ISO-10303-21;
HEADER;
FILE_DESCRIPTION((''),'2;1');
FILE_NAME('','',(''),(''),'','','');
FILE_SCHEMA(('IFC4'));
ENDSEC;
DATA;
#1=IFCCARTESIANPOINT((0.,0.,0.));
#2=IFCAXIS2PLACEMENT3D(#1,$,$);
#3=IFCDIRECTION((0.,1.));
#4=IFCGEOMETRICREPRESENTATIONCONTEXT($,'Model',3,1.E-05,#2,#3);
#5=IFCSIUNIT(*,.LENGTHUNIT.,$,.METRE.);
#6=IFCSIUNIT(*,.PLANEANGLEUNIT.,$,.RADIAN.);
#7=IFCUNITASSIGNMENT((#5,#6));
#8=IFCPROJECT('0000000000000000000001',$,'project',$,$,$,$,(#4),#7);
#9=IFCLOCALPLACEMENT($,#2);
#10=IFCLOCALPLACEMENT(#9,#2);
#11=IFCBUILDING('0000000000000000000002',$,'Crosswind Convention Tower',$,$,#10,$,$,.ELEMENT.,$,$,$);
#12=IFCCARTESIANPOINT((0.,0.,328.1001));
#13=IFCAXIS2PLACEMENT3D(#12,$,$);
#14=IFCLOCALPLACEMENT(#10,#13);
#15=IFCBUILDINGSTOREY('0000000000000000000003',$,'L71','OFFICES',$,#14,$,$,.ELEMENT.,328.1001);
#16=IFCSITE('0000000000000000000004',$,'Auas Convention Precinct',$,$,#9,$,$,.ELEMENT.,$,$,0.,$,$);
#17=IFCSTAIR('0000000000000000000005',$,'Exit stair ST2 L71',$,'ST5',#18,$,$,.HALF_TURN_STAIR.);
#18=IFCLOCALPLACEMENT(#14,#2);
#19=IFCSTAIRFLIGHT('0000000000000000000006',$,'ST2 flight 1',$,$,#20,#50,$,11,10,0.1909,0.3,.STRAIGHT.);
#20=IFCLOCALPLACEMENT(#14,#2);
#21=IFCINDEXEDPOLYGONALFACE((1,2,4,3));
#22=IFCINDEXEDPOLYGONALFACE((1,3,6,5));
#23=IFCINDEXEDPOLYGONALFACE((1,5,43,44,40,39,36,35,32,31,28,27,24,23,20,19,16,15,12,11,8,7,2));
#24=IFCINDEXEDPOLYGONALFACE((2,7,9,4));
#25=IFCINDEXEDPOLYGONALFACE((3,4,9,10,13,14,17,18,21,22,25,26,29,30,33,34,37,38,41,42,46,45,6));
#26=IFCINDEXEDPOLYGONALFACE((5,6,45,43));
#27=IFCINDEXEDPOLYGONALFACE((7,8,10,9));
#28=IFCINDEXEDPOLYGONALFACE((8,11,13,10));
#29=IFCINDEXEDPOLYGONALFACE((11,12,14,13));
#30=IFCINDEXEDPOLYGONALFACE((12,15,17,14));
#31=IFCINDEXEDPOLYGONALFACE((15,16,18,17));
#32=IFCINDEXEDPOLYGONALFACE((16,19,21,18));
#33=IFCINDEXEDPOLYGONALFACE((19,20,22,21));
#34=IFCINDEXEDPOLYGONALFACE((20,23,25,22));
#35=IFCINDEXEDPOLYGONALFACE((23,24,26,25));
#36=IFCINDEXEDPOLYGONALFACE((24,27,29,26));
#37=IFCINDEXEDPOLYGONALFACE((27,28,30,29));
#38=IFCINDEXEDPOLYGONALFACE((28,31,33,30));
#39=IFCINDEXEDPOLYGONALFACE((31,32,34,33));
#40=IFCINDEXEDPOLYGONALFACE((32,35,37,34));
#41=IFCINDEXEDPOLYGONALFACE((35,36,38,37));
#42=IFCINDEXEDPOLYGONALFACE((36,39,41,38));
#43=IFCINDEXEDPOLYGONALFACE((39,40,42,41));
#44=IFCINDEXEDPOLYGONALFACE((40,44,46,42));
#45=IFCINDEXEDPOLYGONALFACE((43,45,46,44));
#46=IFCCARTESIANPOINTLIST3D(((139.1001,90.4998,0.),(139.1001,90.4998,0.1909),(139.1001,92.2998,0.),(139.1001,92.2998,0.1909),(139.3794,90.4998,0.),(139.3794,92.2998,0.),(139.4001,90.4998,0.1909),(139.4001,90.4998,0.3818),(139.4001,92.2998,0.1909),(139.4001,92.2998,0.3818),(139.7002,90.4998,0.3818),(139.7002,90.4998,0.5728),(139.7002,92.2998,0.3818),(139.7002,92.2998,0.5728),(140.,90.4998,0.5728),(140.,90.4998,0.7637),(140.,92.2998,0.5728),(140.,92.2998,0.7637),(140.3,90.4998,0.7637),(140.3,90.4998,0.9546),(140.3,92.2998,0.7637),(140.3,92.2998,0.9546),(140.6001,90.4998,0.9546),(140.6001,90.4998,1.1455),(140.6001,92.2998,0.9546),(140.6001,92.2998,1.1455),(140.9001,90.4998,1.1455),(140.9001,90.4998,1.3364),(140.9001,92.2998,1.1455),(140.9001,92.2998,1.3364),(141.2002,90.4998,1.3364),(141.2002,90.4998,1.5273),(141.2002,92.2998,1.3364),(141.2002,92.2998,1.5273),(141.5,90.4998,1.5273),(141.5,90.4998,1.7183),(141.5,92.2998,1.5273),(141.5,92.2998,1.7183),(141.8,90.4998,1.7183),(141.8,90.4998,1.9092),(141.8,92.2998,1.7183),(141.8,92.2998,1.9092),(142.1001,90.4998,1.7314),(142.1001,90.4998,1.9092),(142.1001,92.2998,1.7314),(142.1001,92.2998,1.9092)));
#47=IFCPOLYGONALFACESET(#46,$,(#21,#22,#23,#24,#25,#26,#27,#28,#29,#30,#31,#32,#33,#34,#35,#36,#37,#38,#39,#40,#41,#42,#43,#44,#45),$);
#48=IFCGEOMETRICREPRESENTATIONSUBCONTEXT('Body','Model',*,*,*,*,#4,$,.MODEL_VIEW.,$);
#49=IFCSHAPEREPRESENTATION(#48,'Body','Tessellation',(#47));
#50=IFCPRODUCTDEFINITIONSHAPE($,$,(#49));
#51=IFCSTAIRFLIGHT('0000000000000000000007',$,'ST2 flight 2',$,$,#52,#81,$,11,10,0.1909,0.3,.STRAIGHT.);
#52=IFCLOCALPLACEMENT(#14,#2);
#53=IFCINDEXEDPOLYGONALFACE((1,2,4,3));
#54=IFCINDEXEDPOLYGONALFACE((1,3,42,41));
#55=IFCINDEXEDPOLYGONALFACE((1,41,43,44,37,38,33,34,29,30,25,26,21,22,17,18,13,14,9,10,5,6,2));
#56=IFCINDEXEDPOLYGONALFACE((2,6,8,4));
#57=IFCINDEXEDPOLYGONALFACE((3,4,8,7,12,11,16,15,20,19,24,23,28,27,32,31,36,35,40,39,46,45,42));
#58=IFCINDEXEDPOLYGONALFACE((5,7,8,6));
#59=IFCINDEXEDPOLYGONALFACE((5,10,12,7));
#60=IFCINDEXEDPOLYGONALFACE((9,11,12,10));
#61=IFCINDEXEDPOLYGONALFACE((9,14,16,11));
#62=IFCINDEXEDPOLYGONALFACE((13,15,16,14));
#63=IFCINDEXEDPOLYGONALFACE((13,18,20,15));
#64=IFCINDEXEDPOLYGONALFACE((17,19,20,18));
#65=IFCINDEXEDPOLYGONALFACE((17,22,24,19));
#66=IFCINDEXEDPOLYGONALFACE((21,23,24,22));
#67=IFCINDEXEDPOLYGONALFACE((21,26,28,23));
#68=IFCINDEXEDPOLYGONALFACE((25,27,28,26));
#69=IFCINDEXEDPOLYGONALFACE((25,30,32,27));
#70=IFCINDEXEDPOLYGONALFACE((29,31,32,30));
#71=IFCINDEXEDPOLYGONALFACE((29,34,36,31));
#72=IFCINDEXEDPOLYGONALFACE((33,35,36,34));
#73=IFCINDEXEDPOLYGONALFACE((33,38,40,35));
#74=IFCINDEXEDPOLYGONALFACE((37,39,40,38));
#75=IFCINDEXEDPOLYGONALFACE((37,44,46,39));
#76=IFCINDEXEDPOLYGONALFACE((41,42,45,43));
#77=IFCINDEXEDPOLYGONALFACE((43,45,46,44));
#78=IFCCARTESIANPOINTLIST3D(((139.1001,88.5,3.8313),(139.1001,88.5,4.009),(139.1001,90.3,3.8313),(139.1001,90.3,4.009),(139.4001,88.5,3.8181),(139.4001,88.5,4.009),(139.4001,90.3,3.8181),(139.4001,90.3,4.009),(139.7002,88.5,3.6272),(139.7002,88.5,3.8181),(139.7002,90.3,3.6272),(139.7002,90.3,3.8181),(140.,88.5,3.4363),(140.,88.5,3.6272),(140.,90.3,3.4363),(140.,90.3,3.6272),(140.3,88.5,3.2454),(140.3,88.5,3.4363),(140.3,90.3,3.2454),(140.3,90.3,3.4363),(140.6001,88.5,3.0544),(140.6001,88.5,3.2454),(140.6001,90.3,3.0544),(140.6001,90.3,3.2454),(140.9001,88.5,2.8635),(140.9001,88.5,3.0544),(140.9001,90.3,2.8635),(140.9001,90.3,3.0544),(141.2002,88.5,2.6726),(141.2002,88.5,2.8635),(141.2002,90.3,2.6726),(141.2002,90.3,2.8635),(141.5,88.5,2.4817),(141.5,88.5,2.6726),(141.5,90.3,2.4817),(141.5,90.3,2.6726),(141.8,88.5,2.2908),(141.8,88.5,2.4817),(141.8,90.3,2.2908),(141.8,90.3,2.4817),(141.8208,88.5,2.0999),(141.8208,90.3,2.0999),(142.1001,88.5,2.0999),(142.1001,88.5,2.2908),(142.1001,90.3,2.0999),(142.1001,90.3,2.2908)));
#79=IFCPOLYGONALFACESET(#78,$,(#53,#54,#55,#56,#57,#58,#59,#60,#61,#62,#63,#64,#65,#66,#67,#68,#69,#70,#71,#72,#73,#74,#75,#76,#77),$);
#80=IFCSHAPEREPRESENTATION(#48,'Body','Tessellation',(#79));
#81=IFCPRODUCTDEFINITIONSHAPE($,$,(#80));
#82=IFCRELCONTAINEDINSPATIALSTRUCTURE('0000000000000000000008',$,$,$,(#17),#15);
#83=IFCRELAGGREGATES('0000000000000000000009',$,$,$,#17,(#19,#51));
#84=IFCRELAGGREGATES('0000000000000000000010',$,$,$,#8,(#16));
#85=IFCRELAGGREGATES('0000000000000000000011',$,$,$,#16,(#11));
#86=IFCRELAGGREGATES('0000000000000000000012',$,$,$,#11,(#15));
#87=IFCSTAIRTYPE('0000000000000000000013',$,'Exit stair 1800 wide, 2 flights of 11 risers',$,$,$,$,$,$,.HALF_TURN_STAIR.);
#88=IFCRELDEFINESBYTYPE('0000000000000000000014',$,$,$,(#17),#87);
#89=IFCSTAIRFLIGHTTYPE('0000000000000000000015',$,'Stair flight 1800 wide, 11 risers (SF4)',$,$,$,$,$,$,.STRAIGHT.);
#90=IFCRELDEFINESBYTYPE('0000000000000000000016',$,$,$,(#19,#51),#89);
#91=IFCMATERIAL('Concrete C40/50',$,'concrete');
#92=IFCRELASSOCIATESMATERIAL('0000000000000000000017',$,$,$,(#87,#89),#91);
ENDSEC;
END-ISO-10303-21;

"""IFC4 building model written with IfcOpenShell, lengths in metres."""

from ifc_helpers import new_model, si_unit, direction, frame, origin, place, context, subcontext, project, spatial, polyline, outline, extrude, material, type_object, element, aggregate, save


model = new_model("IFC4")

# Units and contexts
model_context = context("Model", 3, precision=1e-05, world=origin(), true_north=direction((0.0, 1.0)))
body_context = subcontext(model_context, "Body", "Model", "MODEL_VIEW")
ifc_project = project(units=[si_unit("LENGTHUNIT", "METRE"), si_unit("PLANEANGLEUNIT", "RADIAN")], contexts=[model_context])

# Site, building, storey
site_placement = place(None, origin())
site = spatial("IfcSite", under=ifc_project, at=site_placement, Name="Auas Convention Precinct", CompositionType="ELEMENT", RefElevation=0.0)
building_placement = place(site_placement, origin())
building = spatial("IfcBuilding", under=site, at=building_placement, Name="Crosswind Convention Tower", CompositionType="ELEMENT")
storey_placement = place(building_placement, frame((0.0, 0.0, 328.1001)))
storey = spatial("IfcBuildingStorey", under=building, at=storey_placement, Name="L71", Description="OFFICES", CompositionType="ELEMENT", Elevation=328.1001)

# Stair, stair flights
ifc_material_1 = material(Name="Concrete C40/50", Category="concrete")
stair_type = type_object("IfcStairType", Name="Exit stair 1800 wide, 2 flights of 11 risers", PredefinedType="HALF_TURN_STAIR", material=ifc_material_1)
stair_placement = place(storey_placement, origin())
stair = element("IfcStair", 1, at=stair_placement, inside=storey, type_object=stair_type, Name="Exit stair ST2 L71", ObjectType="ST5", PredefinedType="HALF_TURN_STAIR")
stair_flight_type = type_object("IfcStairFlightType", Name="Stair flight 1800 wide, 11 risers (SF4)", PredefinedType="STRAIGHT", material=ifc_material_1)
stair_flight_1_placement = place(storey_placement, frame((139.1001, 91.3999, 0.0), z_axis=(0.0, 0.0, 1.0), x_axis=(1.0, 0.0, 0.0)))
stair_flight_1 = element("IfcStairFlight", 2, at=stair_flight_1_placement, type_object=stair_flight_type, Name="ST2 flight 1", NumberOfRisers=11, NumberOfTreads=10, PredefinedType="STRAIGHT", RiserHeight=0.1909, TreadLength=0.3, context=body_context, shape_type="SweptSolid", body=[
    extrude(outline(polyline([(0.0, 0.0), (0.0, 0.1909), (0.3, 0.1909), (0.3, 0.3818), (0.6001, 0.3818), (0.6001, 0.5728), (0.8999, 0.5728), (0.8999, 0.7637), (1.2, 0.7637), (1.2, 0.9546), (1.5, 0.9546), (1.5, 1.1455), (1.8, 1.1455), (1.8, 1.3364), (2.1001, 1.3364), (2.1001, 1.5273), (2.3999, 1.5273), (2.3999, 1.7183), (2.7, 1.7183), (2.7, 1.9092), (3.0, 1.9092), (3.0, 2.1001), (3.0, 1.7314), (0.2793, 0.0), (0.0, 0.0)])), frame((0.0, 0.8999, 0.0), z_axis=(0.0, -1.0, 0.0), x_axis=(1.0, 0.0, 0.0)), (0.0, 0.0, 1.0), 1.8),
])
stair_flight_2_placement = place(storey_placement, frame((142.1001, 89.3999, 2.0999), z_axis=(0.0, 0.0, 1.0), x_axis=(-1.0, 0.0, 0.0)))
stair_flight_2 = element("IfcStairFlight", 3, at=stair_flight_2_placement, type_object=stair_flight_type, Name="ST2 flight 2", NumberOfRisers=11, NumberOfTreads=10, PredefinedType="STRAIGHT", RiserHeight=0.1909, TreadLength=0.3, context=body_context, shape_type="SweptSolid", body=[
    extrude(outline(polyline([(0.0, 0.0), (0.0, 0.1909), (0.3, 0.1909), (0.3, 0.3818), (0.6001, 0.3818), (0.6001, 0.5728), (0.8999, 0.5728), (0.8999, 0.7637), (1.2, 0.7637), (1.2, 0.9546), (1.5, 0.9546), (1.5, 1.1455), (1.8, 1.1455), (1.8, 1.3364), (2.1001, 1.3364), (2.1001, 1.5273), (2.3999, 1.5273), (2.3999, 1.7183), (2.7, 1.7183), (2.7, 1.9092), (3.0, 1.9092), (3.0, 2.1001), (3.0, 1.7314), (0.2793, 0.0), (0.0, 0.0)])), frame((0.0, 0.8999, 0.0), z_axis=(0.0, -1.0, 0.0), x_axis=(1.0, 0.0, 0.0)), (0.0, 0.0, 1.0), 1.8),
])
aggregate(stair, [stair_flight_1, stair_flight_2])

save(model, "model.ifc")
